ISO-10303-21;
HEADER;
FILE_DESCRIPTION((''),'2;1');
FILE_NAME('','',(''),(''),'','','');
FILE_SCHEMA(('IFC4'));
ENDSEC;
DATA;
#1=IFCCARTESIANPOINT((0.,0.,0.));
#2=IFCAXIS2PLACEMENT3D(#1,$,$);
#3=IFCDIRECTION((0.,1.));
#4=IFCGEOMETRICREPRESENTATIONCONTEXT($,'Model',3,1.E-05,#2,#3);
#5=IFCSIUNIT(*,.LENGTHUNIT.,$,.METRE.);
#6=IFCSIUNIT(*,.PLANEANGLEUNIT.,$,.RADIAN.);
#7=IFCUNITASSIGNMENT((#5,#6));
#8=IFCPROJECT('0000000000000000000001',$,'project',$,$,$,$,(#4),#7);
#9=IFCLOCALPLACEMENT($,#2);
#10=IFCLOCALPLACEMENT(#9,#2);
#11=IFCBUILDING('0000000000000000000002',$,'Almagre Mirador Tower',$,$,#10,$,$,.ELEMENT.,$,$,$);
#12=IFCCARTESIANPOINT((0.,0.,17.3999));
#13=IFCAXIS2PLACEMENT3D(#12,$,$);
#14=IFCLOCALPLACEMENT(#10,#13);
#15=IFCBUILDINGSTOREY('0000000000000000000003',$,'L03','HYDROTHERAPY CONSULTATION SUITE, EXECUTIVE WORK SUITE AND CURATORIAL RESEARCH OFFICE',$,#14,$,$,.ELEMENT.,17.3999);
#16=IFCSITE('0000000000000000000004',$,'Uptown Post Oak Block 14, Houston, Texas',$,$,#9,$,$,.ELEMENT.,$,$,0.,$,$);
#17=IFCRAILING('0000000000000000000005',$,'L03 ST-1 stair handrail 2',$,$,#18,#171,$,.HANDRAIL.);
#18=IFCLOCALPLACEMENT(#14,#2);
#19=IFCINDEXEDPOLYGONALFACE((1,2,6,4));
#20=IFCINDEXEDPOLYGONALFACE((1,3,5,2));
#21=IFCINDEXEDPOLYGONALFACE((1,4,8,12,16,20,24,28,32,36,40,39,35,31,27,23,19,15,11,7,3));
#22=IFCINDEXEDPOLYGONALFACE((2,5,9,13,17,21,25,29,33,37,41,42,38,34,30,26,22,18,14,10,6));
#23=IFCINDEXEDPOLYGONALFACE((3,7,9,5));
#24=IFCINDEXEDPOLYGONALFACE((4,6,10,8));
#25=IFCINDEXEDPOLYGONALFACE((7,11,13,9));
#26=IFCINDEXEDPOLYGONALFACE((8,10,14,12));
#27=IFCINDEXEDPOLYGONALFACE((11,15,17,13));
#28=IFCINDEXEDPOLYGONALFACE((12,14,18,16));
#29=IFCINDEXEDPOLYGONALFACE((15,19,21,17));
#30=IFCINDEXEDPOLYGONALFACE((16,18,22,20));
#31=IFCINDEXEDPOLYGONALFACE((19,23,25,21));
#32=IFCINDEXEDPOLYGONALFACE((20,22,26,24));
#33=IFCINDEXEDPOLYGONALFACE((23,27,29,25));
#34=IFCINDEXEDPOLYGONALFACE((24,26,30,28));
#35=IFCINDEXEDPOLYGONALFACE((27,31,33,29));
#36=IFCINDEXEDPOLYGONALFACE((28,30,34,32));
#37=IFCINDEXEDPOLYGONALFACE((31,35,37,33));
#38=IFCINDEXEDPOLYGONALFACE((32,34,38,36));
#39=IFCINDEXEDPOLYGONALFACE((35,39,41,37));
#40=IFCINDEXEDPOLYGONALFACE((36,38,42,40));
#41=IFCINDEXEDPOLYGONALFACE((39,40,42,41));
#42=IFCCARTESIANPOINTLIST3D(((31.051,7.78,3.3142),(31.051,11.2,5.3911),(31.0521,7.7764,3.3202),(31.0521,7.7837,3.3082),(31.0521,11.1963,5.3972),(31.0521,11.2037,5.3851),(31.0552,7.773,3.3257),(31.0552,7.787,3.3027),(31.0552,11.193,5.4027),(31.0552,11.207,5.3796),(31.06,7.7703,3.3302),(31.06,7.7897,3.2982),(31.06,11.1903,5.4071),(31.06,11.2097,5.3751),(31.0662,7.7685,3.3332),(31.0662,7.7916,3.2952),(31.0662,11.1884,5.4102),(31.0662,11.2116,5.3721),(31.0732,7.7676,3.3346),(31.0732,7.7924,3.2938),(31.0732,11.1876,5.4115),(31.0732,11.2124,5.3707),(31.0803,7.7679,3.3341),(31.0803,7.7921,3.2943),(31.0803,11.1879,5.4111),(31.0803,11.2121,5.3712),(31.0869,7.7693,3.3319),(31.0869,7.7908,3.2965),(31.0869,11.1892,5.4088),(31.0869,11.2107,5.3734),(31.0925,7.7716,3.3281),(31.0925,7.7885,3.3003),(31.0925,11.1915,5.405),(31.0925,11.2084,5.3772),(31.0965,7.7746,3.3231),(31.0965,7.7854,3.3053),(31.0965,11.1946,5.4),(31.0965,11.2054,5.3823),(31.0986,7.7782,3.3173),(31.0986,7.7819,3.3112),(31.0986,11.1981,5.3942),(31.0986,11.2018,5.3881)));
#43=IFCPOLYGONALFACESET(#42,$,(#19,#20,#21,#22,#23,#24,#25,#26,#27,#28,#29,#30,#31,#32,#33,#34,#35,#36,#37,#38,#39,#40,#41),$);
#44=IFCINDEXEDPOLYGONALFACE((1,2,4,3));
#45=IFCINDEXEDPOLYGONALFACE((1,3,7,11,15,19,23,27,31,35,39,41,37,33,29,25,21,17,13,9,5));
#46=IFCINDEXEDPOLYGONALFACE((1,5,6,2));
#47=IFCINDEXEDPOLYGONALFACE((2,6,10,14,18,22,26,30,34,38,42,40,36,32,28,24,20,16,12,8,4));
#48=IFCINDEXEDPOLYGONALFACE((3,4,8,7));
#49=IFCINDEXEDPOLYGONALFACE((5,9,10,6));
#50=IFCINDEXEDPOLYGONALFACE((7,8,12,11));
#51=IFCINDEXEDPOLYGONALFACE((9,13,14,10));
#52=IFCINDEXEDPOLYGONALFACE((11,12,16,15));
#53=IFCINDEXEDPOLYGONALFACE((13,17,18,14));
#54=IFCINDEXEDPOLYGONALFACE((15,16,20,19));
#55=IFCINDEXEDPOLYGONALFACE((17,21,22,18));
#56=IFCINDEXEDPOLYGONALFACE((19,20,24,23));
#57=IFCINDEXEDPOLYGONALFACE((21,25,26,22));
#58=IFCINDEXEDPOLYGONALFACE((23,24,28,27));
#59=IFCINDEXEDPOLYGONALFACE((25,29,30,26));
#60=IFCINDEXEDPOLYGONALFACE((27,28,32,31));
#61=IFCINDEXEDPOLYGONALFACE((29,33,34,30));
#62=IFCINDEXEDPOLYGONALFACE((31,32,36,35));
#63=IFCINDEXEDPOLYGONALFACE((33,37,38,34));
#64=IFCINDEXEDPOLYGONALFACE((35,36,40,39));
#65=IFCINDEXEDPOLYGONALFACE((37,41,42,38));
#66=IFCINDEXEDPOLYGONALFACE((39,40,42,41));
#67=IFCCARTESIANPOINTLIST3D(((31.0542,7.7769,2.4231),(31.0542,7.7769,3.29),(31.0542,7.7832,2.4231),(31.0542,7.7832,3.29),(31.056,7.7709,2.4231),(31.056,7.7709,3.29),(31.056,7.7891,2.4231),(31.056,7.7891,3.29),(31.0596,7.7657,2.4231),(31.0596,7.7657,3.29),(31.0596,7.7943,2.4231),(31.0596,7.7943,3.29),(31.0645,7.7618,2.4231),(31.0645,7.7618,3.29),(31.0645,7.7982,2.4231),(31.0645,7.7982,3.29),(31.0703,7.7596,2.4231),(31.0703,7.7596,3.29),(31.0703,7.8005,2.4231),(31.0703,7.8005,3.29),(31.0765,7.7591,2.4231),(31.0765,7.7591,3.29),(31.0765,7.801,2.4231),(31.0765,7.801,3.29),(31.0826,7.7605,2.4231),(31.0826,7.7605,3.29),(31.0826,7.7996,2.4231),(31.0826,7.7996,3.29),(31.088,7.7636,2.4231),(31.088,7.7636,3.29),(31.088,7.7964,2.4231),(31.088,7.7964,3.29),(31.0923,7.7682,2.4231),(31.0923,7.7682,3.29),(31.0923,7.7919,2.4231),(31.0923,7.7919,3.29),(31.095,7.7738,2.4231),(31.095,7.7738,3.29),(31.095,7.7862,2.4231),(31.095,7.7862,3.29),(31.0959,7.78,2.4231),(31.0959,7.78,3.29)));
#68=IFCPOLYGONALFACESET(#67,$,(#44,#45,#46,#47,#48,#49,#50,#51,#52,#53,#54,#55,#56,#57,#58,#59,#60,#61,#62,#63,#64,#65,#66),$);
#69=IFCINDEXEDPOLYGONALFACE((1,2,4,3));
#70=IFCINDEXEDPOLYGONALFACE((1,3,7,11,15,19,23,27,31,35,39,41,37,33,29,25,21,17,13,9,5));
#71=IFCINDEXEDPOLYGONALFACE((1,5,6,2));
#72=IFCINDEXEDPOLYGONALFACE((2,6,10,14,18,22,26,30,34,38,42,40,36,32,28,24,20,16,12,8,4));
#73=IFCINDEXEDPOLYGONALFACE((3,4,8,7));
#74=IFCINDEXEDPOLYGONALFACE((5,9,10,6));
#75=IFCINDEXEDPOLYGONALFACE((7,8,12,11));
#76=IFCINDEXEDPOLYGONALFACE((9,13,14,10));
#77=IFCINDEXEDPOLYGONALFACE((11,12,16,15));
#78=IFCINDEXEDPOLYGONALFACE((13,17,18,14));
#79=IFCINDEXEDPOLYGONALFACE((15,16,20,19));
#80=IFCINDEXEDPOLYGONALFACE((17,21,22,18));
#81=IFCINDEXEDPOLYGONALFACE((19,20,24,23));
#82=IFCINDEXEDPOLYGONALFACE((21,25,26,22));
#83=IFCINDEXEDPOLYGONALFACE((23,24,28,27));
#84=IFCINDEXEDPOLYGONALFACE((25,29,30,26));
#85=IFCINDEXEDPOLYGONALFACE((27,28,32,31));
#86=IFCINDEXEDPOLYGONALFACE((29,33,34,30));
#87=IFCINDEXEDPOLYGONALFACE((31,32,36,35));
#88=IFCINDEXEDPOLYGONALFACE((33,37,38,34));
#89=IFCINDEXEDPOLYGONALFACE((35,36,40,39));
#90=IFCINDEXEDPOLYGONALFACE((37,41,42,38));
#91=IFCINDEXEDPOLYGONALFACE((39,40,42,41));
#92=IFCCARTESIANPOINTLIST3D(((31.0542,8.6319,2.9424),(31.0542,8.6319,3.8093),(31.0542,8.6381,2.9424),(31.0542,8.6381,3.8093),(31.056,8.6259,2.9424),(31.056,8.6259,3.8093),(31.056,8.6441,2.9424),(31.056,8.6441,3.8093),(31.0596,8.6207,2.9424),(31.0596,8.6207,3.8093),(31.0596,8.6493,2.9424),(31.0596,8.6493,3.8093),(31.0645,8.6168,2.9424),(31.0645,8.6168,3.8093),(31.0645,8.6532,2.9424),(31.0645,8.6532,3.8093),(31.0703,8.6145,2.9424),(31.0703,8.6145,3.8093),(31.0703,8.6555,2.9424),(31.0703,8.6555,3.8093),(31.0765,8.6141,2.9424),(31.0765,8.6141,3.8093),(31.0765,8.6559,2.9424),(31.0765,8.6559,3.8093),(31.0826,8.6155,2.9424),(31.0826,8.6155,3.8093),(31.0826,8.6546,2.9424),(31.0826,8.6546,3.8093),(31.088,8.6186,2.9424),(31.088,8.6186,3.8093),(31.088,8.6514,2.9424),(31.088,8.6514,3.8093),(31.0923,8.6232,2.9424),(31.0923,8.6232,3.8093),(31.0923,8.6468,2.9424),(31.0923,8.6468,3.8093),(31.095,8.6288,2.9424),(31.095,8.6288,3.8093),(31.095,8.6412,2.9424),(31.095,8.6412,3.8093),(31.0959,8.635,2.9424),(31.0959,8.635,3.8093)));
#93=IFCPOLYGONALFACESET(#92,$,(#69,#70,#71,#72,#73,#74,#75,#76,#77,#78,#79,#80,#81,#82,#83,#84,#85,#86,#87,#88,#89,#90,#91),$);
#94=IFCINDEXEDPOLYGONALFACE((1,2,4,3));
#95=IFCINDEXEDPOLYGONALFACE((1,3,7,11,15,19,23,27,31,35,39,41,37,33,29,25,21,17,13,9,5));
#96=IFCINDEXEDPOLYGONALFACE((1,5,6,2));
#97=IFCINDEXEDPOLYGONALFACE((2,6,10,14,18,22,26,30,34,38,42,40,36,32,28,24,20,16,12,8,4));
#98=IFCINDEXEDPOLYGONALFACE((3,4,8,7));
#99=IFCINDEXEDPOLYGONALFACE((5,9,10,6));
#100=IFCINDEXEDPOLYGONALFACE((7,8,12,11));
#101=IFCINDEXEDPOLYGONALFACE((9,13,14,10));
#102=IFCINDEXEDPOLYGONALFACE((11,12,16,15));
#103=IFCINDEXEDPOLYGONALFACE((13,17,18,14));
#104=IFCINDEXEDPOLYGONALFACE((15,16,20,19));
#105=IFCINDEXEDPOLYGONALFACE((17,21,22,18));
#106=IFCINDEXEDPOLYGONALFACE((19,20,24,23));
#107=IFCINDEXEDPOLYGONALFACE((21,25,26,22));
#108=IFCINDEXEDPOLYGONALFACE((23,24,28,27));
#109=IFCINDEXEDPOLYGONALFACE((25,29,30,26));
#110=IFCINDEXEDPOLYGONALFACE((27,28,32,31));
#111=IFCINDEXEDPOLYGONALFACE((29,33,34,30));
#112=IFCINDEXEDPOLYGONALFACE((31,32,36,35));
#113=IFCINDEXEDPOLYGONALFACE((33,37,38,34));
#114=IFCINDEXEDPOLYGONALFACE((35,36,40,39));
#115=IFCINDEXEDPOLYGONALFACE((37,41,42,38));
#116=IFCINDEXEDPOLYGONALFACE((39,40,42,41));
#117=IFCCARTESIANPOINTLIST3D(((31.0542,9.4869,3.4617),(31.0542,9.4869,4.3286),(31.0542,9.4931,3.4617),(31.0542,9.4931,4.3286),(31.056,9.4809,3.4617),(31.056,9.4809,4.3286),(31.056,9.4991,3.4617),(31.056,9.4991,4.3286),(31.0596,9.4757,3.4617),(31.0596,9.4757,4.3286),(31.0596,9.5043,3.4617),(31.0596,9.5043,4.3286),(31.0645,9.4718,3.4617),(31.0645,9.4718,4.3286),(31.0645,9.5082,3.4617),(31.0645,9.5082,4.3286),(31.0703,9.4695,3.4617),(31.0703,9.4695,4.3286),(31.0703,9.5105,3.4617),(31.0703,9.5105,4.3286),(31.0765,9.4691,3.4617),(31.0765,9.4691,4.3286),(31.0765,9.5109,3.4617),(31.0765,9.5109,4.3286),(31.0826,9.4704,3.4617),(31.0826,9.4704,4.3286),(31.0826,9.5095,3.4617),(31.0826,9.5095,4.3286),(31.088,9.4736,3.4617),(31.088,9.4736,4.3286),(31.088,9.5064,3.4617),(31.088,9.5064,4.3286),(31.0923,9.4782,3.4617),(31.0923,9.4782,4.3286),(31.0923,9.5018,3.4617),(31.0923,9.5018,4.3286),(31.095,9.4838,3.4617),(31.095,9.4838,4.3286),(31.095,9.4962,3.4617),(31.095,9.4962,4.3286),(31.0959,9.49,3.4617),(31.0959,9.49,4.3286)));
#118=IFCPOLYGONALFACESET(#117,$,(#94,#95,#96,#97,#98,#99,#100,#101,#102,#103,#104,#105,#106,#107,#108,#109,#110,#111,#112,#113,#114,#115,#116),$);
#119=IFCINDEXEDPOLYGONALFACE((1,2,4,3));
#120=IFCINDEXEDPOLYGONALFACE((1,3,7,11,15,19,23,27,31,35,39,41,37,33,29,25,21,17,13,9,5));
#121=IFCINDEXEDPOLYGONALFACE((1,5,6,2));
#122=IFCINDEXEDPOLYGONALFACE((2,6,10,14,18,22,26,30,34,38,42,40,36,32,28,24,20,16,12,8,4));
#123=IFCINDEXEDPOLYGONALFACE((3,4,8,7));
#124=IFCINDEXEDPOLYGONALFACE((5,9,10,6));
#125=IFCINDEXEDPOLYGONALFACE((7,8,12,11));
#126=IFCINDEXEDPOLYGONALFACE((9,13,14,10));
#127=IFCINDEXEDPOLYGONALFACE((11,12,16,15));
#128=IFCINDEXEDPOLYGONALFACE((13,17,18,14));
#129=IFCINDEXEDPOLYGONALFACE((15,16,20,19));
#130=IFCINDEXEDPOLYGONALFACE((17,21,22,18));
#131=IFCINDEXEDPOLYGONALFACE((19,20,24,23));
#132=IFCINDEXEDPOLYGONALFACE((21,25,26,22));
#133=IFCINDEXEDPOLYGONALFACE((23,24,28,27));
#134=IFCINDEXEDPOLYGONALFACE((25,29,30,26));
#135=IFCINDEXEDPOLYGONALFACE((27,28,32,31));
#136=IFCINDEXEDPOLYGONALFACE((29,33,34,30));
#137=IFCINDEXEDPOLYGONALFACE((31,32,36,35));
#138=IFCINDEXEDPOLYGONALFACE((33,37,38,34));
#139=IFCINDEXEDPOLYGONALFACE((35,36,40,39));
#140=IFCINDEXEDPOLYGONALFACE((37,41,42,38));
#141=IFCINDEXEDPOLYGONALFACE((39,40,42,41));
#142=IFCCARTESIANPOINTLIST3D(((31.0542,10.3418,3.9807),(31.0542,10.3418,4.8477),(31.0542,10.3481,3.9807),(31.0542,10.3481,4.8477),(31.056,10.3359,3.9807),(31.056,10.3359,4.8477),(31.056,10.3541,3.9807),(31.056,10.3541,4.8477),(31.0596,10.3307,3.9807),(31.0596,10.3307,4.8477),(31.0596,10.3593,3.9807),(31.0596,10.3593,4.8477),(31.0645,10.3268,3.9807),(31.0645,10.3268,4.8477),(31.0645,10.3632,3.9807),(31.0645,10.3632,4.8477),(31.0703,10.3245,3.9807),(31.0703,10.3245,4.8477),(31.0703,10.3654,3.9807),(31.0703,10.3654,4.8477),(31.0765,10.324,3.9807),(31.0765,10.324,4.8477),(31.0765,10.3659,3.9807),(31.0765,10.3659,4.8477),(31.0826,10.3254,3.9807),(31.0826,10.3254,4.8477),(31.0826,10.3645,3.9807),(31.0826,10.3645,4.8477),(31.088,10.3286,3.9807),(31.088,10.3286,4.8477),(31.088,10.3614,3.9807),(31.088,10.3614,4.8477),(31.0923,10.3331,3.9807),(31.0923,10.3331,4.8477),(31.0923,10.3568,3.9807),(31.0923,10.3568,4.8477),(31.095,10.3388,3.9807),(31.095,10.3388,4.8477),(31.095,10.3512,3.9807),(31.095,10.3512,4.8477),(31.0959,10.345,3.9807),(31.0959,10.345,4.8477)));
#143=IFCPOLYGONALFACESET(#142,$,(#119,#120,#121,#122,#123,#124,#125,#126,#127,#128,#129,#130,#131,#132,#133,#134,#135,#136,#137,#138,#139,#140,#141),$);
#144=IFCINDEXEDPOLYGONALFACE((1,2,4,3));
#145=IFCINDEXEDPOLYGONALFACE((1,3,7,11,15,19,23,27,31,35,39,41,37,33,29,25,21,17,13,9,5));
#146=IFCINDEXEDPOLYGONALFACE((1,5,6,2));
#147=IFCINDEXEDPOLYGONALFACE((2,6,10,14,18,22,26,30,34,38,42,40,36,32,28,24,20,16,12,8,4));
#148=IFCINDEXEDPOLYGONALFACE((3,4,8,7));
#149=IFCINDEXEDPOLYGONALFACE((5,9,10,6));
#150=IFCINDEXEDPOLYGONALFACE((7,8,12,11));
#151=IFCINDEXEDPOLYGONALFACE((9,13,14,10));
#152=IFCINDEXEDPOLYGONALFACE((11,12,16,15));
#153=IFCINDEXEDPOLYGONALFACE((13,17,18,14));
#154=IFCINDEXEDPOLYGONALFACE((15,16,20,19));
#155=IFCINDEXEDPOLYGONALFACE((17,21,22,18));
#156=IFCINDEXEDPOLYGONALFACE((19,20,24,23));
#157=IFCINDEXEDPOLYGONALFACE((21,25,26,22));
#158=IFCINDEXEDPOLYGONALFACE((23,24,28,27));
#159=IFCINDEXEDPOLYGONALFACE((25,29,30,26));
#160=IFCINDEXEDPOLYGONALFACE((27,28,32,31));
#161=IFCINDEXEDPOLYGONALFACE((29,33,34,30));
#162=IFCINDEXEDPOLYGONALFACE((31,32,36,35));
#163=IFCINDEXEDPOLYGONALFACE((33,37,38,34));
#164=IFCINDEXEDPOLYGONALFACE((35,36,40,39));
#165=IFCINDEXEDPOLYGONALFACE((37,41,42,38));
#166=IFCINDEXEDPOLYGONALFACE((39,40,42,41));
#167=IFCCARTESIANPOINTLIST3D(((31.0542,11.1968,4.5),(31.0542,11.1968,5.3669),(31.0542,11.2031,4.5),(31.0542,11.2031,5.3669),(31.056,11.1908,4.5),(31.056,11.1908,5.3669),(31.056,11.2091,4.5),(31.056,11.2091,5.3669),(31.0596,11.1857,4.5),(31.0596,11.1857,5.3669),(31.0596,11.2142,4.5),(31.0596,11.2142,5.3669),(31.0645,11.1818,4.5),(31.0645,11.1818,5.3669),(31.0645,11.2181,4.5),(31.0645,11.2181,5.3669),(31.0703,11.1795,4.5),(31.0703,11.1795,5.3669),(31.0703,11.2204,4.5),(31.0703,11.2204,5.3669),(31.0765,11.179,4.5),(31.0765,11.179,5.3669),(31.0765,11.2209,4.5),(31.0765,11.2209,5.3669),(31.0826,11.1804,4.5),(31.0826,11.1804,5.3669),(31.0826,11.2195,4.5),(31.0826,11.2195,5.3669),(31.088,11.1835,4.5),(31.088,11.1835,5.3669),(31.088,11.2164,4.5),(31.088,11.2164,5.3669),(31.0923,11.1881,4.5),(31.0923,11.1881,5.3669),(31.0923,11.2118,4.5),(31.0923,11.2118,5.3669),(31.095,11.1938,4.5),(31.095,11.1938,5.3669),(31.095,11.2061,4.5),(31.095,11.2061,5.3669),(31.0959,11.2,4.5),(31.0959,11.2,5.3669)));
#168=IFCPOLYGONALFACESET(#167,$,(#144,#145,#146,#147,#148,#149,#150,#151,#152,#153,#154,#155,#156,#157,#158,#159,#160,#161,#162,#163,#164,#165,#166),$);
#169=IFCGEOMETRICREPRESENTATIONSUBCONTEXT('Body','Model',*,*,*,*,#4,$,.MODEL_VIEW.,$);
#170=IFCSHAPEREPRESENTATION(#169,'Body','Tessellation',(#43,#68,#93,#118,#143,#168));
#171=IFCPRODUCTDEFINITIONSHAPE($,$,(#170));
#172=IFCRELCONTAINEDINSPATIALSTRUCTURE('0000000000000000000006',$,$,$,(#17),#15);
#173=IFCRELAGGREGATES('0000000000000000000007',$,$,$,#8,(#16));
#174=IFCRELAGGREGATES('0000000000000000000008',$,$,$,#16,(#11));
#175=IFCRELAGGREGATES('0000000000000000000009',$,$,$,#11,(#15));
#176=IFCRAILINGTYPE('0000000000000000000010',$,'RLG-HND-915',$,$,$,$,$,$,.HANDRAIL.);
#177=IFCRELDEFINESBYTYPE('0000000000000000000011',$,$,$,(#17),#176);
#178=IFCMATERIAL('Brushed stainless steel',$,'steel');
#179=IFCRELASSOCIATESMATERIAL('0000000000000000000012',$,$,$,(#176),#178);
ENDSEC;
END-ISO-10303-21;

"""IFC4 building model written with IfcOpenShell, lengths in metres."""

from ifc_helpers import new_model, si_unit, direction, frame, origin, origin_2d, place, context, subcontext, project, spatial, circle, extrude, material, type_object, element, save


model = new_model("IFC4")

# Units and contexts
model_context = context("Model", 3, precision=1e-05, world=origin(), true_north=direction((0.0, 1.0)))
body_context = subcontext(model_context, "Body", "Model", "MODEL_VIEW")
ifc_project = project(units=[si_unit("LENGTHUNIT", "METRE"), si_unit("PLANEANGLEUNIT", "RADIAN")], contexts=[model_context])

# Site, building, storey
site_placement = place(None, origin())
site = spatial("IfcSite", under=ifc_project, at=site_placement, Name="Uptown Post Oak Block 14, Houston, Texas", CompositionType="ELEMENT", RefElevation=0.0)
building_placement = place(site_placement, origin())
building = spatial("IfcBuilding", under=site, at=building_placement, Name="Almagre Mirador Tower", CompositionType="ELEMENT")
storey_placement = place(building_placement, frame((0.0, 0.0, 17.3999)))
storey = spatial("IfcBuildingStorey", under=building, at=storey_placement, Name="L03", Description="HYDROTHERAPY CONSULTATION SUITE, EXECUTIVE WORK SUITE AND CURATORIAL RESEARCH OFFICE", CompositionType="ELEMENT", Elevation=17.3999)

# Railing
ifc_material_1 = material(Name="Brushed stainless steel", Category="steel")
railing_type_1 = type_object("IfcRailingType", Name="RLG-HND-915", PredefinedType="HANDRAIL", material=ifc_material_1)
railing_1_placement = place(storey_placement, frame((31.075, 7.78, 2.4231)))
element("IfcRailing", 1, at=railing_1_placement, inside=storey, type_object=railing_type_1, Name="L03 ST-1 stair handrail 2", PredefinedType="HANDRAIL", context=body_context, shape_type="SweptSolid", body=[
    extrude(circle(Radius=0.0239, at=origin_2d()), frame((0.0, 0.0, 0.8911), z_axis=(0.0, 0.85473, 0.519074), x_axis=(-1.0, 0.0, 0.0)), (0.0, 0.0, 1.0), 4.0012),
    extrude(circle(Radius=0.021, at=origin_2d()), origin(), (0.0, 0.0, 1.0), 0.8669),
    extrude(circle(Radius=0.021, at=origin_2d()), frame((0.0, 0.855, 0.5193)), (0.0, 0.0, 1.0), 0.8669),
    extrude(circle(Radius=0.021, at=origin_2d()), frame((0.0, 1.71, 1.0386)), (0.0, 0.0, 1.0), 0.8669),
    extrude(circle(Radius=0.021, at=origin_2d()), frame((0.0, 2.5649, 1.5576)), (0.0, 0.0, 1.0), 0.8669),
    extrude(circle(Radius=0.021, at=origin_2d()), frame((0.0, 3.4199, 2.0769)), (0.0, 0.0, 1.0), 0.8669),
])

save(model, "model.ifc")
